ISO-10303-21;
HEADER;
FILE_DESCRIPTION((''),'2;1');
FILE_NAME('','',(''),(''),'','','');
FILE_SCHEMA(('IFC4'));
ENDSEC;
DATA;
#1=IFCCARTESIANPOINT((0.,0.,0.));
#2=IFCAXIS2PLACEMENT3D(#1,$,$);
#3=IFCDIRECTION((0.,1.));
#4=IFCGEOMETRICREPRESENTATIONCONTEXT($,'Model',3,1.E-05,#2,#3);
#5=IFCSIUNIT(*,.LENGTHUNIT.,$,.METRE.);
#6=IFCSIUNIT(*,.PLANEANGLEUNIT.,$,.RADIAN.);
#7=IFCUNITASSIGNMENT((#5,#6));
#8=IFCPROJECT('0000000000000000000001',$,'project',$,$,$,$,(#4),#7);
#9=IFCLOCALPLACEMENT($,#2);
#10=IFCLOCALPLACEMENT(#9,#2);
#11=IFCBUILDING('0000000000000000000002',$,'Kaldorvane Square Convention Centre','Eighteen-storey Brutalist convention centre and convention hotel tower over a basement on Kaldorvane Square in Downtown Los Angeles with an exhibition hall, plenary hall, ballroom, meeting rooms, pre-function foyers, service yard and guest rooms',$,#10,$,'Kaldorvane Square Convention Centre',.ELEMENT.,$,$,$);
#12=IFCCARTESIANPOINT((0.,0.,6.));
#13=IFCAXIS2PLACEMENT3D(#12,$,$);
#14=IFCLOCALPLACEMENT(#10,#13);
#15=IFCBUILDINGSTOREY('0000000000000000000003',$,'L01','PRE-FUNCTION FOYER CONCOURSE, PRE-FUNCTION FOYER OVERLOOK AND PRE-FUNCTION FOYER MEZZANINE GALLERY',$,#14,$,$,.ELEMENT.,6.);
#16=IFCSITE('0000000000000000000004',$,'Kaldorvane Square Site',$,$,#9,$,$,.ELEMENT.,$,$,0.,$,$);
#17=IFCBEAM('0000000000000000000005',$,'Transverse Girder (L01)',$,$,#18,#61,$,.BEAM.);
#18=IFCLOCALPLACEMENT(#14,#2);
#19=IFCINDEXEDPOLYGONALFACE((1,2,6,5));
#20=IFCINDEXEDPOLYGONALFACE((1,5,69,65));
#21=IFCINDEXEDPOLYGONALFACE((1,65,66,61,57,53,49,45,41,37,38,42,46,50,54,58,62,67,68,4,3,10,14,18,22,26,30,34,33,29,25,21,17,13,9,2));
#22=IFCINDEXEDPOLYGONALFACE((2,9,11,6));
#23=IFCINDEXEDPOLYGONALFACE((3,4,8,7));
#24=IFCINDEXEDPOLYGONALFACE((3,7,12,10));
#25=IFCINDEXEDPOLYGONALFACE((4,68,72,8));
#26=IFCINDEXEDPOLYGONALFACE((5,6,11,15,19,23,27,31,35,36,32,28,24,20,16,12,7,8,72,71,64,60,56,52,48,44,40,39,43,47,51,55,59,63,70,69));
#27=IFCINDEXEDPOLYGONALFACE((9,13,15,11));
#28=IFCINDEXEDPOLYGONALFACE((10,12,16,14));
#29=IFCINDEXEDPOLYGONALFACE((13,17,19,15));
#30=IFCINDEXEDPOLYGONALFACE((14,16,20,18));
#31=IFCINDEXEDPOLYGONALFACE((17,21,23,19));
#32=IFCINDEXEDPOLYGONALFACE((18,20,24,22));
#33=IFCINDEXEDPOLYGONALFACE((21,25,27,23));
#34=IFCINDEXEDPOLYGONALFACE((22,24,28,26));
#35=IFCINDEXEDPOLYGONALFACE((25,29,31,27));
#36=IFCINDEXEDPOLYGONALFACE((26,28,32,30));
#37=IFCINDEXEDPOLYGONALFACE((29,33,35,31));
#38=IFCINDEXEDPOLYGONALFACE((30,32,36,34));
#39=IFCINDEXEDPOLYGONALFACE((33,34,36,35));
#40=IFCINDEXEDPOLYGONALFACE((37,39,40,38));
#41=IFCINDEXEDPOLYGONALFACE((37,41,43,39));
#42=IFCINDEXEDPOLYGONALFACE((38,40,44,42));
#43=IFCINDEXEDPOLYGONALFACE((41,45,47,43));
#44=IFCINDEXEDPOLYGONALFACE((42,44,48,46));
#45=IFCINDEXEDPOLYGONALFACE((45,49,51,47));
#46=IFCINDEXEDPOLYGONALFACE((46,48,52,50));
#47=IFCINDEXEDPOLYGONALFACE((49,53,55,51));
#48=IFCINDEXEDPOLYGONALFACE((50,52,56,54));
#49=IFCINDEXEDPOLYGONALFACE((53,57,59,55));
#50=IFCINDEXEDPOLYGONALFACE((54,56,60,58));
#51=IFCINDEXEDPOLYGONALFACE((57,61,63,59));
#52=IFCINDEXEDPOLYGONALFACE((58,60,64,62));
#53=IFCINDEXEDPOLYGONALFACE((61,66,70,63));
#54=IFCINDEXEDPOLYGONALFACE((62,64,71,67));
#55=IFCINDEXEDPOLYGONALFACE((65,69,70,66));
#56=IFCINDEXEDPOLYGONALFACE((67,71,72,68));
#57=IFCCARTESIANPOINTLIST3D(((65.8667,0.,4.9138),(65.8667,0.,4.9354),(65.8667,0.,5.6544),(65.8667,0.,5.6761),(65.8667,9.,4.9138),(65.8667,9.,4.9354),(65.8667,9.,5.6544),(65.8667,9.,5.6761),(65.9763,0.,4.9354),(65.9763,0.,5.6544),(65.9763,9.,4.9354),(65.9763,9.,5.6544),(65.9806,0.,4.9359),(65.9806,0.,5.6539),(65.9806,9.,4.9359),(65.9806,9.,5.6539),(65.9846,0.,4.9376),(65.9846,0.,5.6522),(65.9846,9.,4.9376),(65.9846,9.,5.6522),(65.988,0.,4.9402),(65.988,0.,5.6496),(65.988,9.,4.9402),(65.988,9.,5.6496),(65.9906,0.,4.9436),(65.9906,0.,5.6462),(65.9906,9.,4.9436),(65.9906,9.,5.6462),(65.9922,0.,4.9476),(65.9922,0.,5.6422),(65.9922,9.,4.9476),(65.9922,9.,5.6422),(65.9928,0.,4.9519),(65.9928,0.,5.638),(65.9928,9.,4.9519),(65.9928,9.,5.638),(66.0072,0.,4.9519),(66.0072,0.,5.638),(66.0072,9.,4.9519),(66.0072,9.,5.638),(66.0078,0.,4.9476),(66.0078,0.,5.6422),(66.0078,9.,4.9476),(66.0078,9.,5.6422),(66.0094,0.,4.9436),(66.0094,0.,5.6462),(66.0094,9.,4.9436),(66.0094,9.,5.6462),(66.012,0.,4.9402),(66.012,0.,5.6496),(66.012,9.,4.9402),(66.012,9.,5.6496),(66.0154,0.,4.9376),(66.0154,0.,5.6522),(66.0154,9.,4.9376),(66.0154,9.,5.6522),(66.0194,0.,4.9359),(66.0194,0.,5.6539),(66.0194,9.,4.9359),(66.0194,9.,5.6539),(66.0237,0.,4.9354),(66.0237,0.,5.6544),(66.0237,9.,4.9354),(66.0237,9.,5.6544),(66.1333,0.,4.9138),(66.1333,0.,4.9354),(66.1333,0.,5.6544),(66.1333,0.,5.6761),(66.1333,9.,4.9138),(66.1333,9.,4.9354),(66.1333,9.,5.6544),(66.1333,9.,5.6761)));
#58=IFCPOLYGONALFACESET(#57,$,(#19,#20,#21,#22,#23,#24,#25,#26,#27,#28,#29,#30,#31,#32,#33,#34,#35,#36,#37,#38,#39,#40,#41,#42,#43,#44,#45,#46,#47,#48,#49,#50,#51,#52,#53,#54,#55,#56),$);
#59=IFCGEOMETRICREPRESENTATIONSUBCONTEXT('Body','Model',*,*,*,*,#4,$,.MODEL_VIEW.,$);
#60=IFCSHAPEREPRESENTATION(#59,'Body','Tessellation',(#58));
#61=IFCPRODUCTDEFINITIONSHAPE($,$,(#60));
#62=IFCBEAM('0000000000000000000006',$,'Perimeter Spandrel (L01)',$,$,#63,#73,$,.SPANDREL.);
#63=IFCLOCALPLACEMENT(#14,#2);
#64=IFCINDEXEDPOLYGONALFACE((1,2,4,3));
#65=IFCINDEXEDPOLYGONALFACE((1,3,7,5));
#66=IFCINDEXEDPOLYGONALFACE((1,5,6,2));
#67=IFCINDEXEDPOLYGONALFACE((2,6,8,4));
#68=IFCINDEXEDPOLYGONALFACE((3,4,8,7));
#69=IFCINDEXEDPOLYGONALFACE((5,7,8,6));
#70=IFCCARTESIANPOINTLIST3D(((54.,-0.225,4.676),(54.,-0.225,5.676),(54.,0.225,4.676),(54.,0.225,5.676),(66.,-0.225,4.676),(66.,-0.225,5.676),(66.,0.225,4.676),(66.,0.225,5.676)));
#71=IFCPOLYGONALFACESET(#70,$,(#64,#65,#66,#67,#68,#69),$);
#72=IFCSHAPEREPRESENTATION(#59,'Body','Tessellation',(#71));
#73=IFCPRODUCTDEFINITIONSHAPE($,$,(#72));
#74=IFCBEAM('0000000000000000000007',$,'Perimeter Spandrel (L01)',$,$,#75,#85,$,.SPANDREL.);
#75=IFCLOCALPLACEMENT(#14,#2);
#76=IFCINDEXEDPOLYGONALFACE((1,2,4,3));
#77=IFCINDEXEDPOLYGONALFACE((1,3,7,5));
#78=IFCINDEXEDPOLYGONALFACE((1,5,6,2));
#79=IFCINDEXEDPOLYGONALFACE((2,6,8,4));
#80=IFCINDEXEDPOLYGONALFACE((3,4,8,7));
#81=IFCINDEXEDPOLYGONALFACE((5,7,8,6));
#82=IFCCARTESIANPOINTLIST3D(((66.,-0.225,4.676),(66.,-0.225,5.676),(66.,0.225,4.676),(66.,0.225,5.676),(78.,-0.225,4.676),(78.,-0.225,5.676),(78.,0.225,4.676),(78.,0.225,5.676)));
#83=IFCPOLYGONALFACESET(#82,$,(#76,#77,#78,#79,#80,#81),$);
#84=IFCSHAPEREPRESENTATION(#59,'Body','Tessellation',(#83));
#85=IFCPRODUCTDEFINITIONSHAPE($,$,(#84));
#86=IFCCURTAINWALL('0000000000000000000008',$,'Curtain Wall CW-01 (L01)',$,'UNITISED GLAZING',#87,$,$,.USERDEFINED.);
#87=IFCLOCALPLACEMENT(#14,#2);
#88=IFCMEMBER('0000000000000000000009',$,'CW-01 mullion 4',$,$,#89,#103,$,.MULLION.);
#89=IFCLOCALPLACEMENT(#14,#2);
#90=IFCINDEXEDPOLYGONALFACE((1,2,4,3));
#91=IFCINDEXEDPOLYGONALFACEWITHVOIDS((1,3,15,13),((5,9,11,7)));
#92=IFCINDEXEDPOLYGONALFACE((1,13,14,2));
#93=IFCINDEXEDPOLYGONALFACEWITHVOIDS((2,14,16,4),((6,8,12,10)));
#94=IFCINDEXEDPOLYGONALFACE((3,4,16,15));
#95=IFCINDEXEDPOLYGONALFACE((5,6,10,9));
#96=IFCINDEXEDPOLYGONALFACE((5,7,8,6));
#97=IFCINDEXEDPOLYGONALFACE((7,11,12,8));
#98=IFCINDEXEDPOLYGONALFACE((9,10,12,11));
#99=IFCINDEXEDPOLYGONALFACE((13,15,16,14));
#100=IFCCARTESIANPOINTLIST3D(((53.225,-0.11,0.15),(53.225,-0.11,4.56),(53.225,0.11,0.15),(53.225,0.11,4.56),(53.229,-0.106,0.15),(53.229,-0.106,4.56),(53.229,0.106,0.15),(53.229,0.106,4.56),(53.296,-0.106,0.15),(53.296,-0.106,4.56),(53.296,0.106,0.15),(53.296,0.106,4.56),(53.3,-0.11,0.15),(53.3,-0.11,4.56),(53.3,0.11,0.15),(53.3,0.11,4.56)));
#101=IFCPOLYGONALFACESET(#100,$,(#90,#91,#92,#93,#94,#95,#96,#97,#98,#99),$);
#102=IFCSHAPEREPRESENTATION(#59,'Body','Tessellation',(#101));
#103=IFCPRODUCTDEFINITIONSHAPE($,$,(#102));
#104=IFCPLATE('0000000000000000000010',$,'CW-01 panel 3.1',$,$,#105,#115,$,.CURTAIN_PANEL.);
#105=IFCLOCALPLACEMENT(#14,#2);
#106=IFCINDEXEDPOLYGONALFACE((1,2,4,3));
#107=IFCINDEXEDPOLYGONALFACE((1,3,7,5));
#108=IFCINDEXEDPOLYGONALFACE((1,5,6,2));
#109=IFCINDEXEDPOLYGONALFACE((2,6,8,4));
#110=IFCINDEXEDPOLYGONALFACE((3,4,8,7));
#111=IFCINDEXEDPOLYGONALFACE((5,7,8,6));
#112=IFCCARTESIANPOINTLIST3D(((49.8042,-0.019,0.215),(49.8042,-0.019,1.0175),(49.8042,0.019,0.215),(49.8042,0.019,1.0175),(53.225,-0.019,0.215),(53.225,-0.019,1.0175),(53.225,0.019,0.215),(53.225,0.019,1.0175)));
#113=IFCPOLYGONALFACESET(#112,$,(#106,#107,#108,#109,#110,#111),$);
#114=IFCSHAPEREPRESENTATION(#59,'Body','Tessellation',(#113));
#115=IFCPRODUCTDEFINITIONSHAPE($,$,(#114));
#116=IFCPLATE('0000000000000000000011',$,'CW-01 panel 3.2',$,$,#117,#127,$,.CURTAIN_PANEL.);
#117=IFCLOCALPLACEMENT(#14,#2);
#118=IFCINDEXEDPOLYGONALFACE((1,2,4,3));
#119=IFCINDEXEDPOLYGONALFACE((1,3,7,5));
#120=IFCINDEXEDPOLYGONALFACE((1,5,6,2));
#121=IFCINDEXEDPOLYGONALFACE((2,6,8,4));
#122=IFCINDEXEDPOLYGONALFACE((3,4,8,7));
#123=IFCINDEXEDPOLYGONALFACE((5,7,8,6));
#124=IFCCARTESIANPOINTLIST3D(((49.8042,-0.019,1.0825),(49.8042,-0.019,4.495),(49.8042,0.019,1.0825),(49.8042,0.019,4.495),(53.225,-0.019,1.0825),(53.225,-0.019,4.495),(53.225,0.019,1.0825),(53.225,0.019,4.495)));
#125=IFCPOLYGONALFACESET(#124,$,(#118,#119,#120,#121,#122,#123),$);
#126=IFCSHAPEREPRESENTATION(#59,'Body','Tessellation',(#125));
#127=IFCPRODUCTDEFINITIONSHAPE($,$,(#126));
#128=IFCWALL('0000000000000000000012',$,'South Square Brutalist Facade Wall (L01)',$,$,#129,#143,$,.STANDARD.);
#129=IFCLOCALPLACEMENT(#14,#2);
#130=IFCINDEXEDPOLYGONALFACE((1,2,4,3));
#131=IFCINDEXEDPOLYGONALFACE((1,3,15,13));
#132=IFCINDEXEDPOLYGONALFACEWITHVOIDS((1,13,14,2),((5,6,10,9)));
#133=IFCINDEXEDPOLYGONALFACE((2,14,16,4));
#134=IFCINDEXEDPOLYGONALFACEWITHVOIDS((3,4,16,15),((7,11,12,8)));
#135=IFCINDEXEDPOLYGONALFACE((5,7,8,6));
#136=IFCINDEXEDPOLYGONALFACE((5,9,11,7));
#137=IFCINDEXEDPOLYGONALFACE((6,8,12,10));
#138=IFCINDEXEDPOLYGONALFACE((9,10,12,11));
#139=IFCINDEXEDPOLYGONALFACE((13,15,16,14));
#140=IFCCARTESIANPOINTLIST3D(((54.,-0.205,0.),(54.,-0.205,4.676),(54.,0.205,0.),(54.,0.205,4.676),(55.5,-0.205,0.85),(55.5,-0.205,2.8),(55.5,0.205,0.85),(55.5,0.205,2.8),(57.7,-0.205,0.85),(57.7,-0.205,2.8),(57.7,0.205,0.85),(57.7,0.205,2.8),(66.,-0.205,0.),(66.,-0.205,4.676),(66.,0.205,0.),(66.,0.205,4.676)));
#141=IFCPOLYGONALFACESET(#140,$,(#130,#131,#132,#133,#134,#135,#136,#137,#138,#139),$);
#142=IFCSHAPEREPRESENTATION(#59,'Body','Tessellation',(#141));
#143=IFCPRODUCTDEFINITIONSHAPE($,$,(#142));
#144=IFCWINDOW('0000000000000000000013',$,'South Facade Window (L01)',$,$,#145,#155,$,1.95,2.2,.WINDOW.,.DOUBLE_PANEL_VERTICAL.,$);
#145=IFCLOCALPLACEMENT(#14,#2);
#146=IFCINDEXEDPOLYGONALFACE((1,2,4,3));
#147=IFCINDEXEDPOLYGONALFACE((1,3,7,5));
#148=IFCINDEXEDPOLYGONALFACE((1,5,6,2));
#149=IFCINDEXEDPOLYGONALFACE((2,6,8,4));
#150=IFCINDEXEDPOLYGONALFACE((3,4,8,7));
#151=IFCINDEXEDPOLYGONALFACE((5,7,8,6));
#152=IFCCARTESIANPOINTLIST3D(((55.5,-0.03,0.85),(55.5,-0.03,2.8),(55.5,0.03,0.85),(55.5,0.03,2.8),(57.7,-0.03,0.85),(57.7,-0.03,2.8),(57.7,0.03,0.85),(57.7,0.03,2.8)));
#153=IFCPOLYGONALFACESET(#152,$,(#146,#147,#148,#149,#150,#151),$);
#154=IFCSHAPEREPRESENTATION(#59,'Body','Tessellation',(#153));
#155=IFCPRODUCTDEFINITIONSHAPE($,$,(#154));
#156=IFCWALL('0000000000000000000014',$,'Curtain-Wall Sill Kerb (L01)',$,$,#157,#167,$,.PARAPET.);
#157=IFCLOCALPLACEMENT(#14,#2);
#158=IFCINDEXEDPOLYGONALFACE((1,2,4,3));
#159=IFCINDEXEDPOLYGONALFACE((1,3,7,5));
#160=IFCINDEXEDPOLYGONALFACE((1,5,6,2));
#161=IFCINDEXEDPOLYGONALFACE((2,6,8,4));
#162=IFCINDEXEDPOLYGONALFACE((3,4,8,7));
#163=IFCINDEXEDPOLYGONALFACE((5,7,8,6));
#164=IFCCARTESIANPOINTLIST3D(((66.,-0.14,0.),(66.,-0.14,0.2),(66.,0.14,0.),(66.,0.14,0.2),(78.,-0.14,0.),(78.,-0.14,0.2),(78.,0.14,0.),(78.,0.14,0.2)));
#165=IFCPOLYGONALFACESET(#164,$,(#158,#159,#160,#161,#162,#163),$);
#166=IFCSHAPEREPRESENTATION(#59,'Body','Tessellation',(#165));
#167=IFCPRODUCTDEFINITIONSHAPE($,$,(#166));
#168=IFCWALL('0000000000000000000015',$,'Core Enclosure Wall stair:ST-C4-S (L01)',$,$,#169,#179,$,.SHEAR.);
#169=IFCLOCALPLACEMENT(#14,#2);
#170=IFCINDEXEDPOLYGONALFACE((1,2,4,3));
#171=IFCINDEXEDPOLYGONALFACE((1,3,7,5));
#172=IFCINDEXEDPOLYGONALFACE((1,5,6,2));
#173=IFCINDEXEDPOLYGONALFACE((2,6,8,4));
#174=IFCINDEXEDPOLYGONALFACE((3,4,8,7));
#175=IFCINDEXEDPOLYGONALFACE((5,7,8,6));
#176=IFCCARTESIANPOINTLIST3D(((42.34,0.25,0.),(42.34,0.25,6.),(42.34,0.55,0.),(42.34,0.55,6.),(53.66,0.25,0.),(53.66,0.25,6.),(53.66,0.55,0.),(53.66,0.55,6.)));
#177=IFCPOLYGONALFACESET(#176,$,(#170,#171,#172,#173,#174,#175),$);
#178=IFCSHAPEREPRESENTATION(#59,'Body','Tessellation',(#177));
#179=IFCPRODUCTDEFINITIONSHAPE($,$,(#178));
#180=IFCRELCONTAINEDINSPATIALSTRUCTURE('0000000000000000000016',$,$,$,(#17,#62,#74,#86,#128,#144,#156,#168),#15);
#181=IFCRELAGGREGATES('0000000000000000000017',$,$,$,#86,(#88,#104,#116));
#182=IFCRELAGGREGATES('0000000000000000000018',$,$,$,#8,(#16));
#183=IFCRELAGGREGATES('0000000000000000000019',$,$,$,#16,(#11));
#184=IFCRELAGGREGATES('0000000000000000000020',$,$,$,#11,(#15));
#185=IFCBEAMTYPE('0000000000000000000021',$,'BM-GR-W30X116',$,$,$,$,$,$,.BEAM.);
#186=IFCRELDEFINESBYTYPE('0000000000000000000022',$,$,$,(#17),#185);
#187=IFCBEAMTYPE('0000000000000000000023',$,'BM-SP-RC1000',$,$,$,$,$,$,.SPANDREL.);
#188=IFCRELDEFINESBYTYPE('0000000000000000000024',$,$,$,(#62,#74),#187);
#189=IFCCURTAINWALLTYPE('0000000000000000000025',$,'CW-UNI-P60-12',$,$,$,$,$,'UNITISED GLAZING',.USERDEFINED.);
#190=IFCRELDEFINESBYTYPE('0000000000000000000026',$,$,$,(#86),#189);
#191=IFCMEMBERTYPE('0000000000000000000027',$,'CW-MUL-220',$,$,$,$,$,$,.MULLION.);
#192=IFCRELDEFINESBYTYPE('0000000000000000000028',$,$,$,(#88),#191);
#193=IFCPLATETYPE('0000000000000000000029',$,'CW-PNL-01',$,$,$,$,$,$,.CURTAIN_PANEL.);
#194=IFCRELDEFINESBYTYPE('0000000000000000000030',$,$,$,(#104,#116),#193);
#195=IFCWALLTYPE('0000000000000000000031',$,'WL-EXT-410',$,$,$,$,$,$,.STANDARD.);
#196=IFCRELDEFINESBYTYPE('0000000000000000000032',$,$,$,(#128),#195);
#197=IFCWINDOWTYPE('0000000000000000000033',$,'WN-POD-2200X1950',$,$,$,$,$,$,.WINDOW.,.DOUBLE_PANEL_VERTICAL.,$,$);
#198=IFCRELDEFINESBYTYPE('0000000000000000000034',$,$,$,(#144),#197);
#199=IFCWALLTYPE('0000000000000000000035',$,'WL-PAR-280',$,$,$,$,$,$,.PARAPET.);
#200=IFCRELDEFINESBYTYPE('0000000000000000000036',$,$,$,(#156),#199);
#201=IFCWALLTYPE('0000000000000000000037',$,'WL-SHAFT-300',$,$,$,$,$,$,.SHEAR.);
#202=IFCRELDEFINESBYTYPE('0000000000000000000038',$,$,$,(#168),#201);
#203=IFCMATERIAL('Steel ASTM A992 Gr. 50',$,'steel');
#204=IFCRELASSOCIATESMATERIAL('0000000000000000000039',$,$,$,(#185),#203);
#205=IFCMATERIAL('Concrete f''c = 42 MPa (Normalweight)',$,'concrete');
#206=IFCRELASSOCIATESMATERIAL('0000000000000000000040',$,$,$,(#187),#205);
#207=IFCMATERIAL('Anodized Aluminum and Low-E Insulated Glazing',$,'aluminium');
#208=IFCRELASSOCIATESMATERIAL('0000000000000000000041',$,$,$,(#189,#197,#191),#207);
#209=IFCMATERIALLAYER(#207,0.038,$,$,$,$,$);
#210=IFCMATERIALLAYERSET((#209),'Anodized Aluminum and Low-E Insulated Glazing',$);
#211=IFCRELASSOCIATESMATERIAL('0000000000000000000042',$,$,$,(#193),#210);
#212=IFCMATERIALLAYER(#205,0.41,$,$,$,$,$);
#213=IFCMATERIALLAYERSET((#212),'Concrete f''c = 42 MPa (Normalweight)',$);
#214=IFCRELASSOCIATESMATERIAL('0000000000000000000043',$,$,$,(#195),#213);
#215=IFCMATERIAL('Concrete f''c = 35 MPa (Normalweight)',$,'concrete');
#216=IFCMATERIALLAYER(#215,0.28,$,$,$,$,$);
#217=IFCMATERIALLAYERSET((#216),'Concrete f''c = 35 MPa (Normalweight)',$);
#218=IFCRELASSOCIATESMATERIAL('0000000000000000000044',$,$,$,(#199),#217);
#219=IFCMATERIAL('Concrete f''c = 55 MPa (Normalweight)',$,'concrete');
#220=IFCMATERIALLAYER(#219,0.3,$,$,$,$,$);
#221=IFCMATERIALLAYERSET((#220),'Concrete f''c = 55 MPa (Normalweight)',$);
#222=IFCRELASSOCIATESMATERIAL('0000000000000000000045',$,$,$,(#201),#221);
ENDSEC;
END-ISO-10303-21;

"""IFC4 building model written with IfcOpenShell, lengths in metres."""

from ifc_helpers import new_model, si_unit, direction, frame, frame_2d, origin, origin_2d, place, context, subcontext, project, spatial, rectangle, hollow_rectangle, i_section, extrude, material, layer, layer_set, material_profile, profile_set, type_object, element, fill, aggregate, save


model = new_model("IFC4")

# Units and contexts
model_context = context("Model", 3, precision=1e-05, world=origin(), true_north=direction((0.0, 1.0)))
body_context = subcontext(model_context, "Body", "Model", "MODEL_VIEW")
ifc_project = project(units=[si_unit("LENGTHUNIT", "METRE"), si_unit("PLANEANGLEUNIT", "RADIAN")], contexts=[model_context])

# Site, building, storey
site_placement = place(None, origin())
site = spatial("IfcSite", under=ifc_project, at=site_placement, Name="Kaldorvane Square Site", CompositionType="ELEMENT", RefElevation=0.0)
building_placement = place(site_placement, origin())
building = spatial("IfcBuilding", under=site, at=building_placement, Name="Kaldorvane Square Convention Centre", Description="Eighteen-storey Brutalist convention centre and convention hotel tower over a basement on Kaldorvane Square in Downtown Los Angeles with an exhibition hall, plenary hall, ballroom, meeting rooms, pre-function foyers, service yard and guest rooms", LongName="Kaldorvane Square Convention Centre", CompositionType="ELEMENT")
storey_placement = place(building_placement, frame((0.0, 0.0, 6.0)))
storey = spatial("IfcBuildingStorey", under=building, at=storey_placement, Name="L01", Description="PRE-FUNCTION FOYER CONCOURSE, PRE-FUNCTION FOYER OVERLOOK AND PRE-FUNCTION FOYER MEZZANINE GALLERY", CompositionType="ELEMENT", Elevation=6.0)

# Shared definitions
ifc_material_1 = material(Name="Steel ASTM A992 Gr. 50", Category="steel")
ifc_material_2 = material(Name="Concrete f'c = 55 MPa (Normalweight)", Category="concrete")

# Beams
ifc_material_profile_1 = material_profile(ifc_material_1, i_section(OverallWidth=0.2666, OverallDepth=0.7623, WebThickness=0.0144, FlangeThickness=0.0216, FilletRadius=0.0165, at=origin_2d()), Name="W30X116")
ifc_profile_set_1 = profile_set([ifc_material_profile_1], Name="Steel ASTM A992 Gr. 50")
beam_type_1 = type_object("IfcBeamType", Name="BM-GR-W30X116", PredefinedType="BEAM", material=ifc_profile_set_1)
for number, where, z_axis, x_axis, name in (
    (1, (66.0, 0.0, 5.2949), (0.0, 1.0, 0.0), (-1.0, 0.0, 0.0), "Transverse Girder (L01)"),
):
    element("IfcBeam", number, at=place(storey_placement, frame(where, z_axis=z_axis, x_axis=x_axis)), inside=storey, type_object=beam_type_1, Name=name, PredefinedType="BEAM", context=body_context, shape_type="SweptSolid", body=[
        extrude(i_section(OverallWidth=0.2666, OverallDepth=0.7623, WebThickness=0.0144, FlangeThickness=0.0216, FilletRadius=0.0165, at=origin_2d()), origin(), (0.0, 0.0, 1.0), 9.0),
    ])
ifc_material_3 = material(Name="Concrete f'c = 42 MPa (Normalweight)", Category="concrete")
ifc_material_profile_2 = material_profile(ifc_material_3, rectangle(XDim=0.45, YDim=1.0, at=origin_2d()), Name="RCSP1000X450")
ifc_profile_set_2 = profile_set([ifc_material_profile_2], Name="Concrete f'c = 42 MPa (Normalweight)")
beam_type_2 = type_object("IfcBeamType", Name="BM-SP-RC1000", PredefinedType="SPANDREL", material=ifc_profile_set_2)
for number, where, z_axis, x_axis, name in (
    (2, (54.0, 0.0, 5.176), (1.0, 0.0, 0.0), (0.0, 1.0, 0.0), "Perimeter Spandrel (L01)"),
    (3, (66.0, 0.0, 5.176), (1.0, 0.0, 0.0), (0.0, 1.0, 0.0), "Perimeter Spandrel (L01)"),
):
    element("IfcBeam", number, at=place(storey_placement, frame(where, z_axis=z_axis, x_axis=x_axis)), inside=storey, type_object=beam_type_2, Name=name, PredefinedType="SPANDREL", context=body_context, shape_type="SweptSolid", body=[
        extrude(rectangle(XDim=0.45, YDim=1.0, at=origin_2d()), origin(), (0.0, 0.0, 1.0), 12.0),
    ])

# Curtain wall, member, plates
ifc_material_4 = material(Name="Anodized Aluminum and Low-E Insulated Glazing", Category="aluminium")
curtain_wall_type = type_object("IfcCurtainWallType", Name="CW-UNI-P60-12", ElementType="UNITISED GLAZING", PredefinedType="USERDEFINED", material=ifc_material_4)
curtain_wall_placement = place(storey_placement, origin())
curtain_wall = element("IfcCurtainWall", 4, at=curtain_wall_placement, inside=storey, type_object=curtain_wall_type, Name="Curtain Wall CW-01 (L01)", ObjectType="UNITISED GLAZING", PredefinedType="USERDEFINED")
ifc_material_profile_3 = material_profile(ifc_material_4, hollow_rectangle(XDim=0.075, YDim=0.22, WallThickness=0.004, at=origin_2d()), Name="CWM-220X75")
ifc_profile_set_3 = profile_set([ifc_material_profile_3], Name="Anodized Aluminum and Low-E Insulated Glazing")
member_type = type_object("IfcMemberType", Name="CW-MUL-220", PredefinedType="MULLION", material=ifc_profile_set_3)
member_placement = place(storey_placement, frame((53.2625, 0.0, 0.15), z_axis=(0.0, 0.0, 1.0), x_axis=(1.0, 0.0, 0.0)))
member = element("IfcMember", 5, at=member_placement, type_object=member_type, Name="CW-01 mullion 4", PredefinedType="MULLION", context=body_context, shape_type="SweptSolid", body=[
    extrude(hollow_rectangle(XDim=0.075, YDim=0.22, WallThickness=0.004, at=origin_2d()), origin(), (0.0, 0.0, 1.0), 4.41),
])
ifc_layer_1 = layer(ifc_material_4, 0.038)
ifc_layer_set_1 = layer_set([ifc_layer_1], Name="Anodized Aluminum and Low-E Insulated Glazing")
plate_type = type_object("IfcPlateType", Name="CW-PNL-01", PredefinedType="CURTAIN_PANEL", material=ifc_layer_set_1)
plate_1_placement = place(storey_placement, frame((51.5146, 0.0, 0.215), z_axis=(0.0, 0.0, 1.0), x_axis=(1.0, 0.0, 0.0)))
plate_1 = element("IfcPlate", 6, at=plate_1_placement, type_object=plate_type, Name="CW-01 panel 3.1", PredefinedType="CURTAIN_PANEL", context=body_context, shape_type="SweptSolid", body=[
    extrude(rectangle(XDim=3.4208, YDim=0.038, at=origin_2d()), origin(), (0.0, 0.0, 1.0), 0.8025),
])
plate_2_placement = place(storey_placement, frame((51.5146, 0.0, 1.0825), z_axis=(0.0, 0.0, 1.0), x_axis=(1.0, 0.0, 0.0)))
plate_2 = element("IfcPlate", 7, at=plate_2_placement, type_object=plate_type, Name="CW-01 panel 3.2", PredefinedType="CURTAIN_PANEL", context=body_context, shape_type="SweptSolid", body=[
    extrude(rectangle(XDim=3.4208, YDim=0.038, at=origin_2d()), origin(), (0.0, 0.0, 1.0), 3.4125),
])
aggregate(curtain_wall, [member, plate_1, plate_2])

# Wall, opening, window
ifc_layer_2 = layer(ifc_material_3, 0.41)
ifc_layer_set_2 = layer_set([ifc_layer_2], Name="Concrete f'c = 42 MPa (Normalweight)")
wall_type_1 = type_object("IfcWallType", Name="WL-EXT-410", PredefinedType="STANDARD", material=ifc_layer_set_2)
wall_1_placement = place(storey_placement, frame((54.0, 0.0, 0.0), z_axis=(0.0, 0.0, 1.0), x_axis=(1.0, 0.0, 0.0)))
wall_1 = element("IfcWall", 8, at=wall_1_placement, inside=storey, type_object=wall_type_1, Name="South Square Brutalist Facade Wall (L01)", PredefinedType="STANDARD", context=body_context, shape_type="SweptSolid", body=[
    extrude(rectangle(XDim=12.0, YDim=0.41, at=frame_2d((6.0, 0.0))), origin(), (0.0, 0.0, 1.0), 4.676),
])
opening_placement = place(wall_1_placement, frame((1.5, 0.0, 0.85)))
opening = element("IfcOpeningElement", 9, at=opening_placement, cuts=wall_1, PredefinedType="OPENING", context=body_context, shape_type="SweptSolid", body=[
    extrude(rectangle(XDim=2.2, YDim=1.95, at=frame_2d((1.1, 0.975))), frame((0.0, 0.22, 0.0), z_axis=(0.0, -1.0, 0.0), x_axis=(1.0, 0.0, 0.0)), (0.0, 0.0, 1.0), 0.44),
])
window_type = type_object("IfcWindowType", Name="WN-POD-2200X1950", PartitioningType="DOUBLE_PANEL_VERTICAL", PredefinedType="WINDOW", material=ifc_material_4)
window_placement = place(opening_placement, origin())
window = element("IfcWindow", 10, at=window_placement, inside=storey, type_object=window_type, Name="South Facade Window (L01)", OverallHeight=1.95, OverallWidth=2.2, PartitioningType="DOUBLE_PANEL_VERTICAL", PredefinedType="WINDOW", context=body_context, shape_type="SweptSolid", body=[
    extrude(rectangle(XDim=2.2, YDim=1.95, at=frame_2d((1.1, 0.975))), frame((0.0, 0.03, 0.0), z_axis=(0.0, -1.0, 0.0), x_axis=(1.0, 0.0, 0.0)), (0.0, 0.0, 1.0), 0.06),
])
fill(opening, window)

# Walls
ifc_material_5 = material(Name="Concrete f'c = 35 MPa (Normalweight)", Category="concrete")
ifc_layer_3 = layer(ifc_material_5, 0.28)
ifc_layer_set_3 = layer_set([ifc_layer_3], Name="Concrete f'c = 35 MPa (Normalweight)")
wall_type_2 = type_object("IfcWallType", Name="WL-PAR-280", PredefinedType="PARAPET", material=ifc_layer_set_3)
wall_2_placement = place(storey_placement, frame((66.0, 0.0, 0.0), z_axis=(0.0, 0.0, 1.0), x_axis=(1.0, 0.0, 0.0)))
element("IfcWall", 11, at=wall_2_placement, inside=storey, type_object=wall_type_2, Name="Curtain-Wall Sill Kerb (L01)", PredefinedType="PARAPET", context=body_context, shape_type="SweptSolid", body=[
    extrude(rectangle(XDim=12.0, YDim=0.28, at=frame_2d((6.0, 0.0))), origin(), (0.0, 0.0, 1.0), 0.2),
])
ifc_layer_4 = layer(ifc_material_2, 0.3)
ifc_layer_set_4 = layer_set([ifc_layer_4], Name="Concrete f'c = 55 MPa (Normalweight)")
wall_type_3 = type_object("IfcWallType", Name="WL-SHAFT-300", PredefinedType="SHEAR", material=ifc_layer_set_4)
wall_3_placement = place(storey_placement, frame((53.66, 0.4, 0.0), z_axis=(0.0, 0.0, 1.0), x_axis=(-1.0, 0.0, 0.0)))
element("IfcWall", 12, at=wall_3_placement, inside=storey, type_object=wall_type_3, Name="Core Enclosure Wall stair:ST-C4-S (L01)", PredefinedType="SHEAR", context=body_context, shape_type="SweptSolid", body=[
    extrude(rectangle(XDim=11.32, YDim=0.3, at=frame_2d((5.66, 0.0))), origin(), (0.0, 0.0, 1.0), 6.0),
])

save(model, "model.ifc")
